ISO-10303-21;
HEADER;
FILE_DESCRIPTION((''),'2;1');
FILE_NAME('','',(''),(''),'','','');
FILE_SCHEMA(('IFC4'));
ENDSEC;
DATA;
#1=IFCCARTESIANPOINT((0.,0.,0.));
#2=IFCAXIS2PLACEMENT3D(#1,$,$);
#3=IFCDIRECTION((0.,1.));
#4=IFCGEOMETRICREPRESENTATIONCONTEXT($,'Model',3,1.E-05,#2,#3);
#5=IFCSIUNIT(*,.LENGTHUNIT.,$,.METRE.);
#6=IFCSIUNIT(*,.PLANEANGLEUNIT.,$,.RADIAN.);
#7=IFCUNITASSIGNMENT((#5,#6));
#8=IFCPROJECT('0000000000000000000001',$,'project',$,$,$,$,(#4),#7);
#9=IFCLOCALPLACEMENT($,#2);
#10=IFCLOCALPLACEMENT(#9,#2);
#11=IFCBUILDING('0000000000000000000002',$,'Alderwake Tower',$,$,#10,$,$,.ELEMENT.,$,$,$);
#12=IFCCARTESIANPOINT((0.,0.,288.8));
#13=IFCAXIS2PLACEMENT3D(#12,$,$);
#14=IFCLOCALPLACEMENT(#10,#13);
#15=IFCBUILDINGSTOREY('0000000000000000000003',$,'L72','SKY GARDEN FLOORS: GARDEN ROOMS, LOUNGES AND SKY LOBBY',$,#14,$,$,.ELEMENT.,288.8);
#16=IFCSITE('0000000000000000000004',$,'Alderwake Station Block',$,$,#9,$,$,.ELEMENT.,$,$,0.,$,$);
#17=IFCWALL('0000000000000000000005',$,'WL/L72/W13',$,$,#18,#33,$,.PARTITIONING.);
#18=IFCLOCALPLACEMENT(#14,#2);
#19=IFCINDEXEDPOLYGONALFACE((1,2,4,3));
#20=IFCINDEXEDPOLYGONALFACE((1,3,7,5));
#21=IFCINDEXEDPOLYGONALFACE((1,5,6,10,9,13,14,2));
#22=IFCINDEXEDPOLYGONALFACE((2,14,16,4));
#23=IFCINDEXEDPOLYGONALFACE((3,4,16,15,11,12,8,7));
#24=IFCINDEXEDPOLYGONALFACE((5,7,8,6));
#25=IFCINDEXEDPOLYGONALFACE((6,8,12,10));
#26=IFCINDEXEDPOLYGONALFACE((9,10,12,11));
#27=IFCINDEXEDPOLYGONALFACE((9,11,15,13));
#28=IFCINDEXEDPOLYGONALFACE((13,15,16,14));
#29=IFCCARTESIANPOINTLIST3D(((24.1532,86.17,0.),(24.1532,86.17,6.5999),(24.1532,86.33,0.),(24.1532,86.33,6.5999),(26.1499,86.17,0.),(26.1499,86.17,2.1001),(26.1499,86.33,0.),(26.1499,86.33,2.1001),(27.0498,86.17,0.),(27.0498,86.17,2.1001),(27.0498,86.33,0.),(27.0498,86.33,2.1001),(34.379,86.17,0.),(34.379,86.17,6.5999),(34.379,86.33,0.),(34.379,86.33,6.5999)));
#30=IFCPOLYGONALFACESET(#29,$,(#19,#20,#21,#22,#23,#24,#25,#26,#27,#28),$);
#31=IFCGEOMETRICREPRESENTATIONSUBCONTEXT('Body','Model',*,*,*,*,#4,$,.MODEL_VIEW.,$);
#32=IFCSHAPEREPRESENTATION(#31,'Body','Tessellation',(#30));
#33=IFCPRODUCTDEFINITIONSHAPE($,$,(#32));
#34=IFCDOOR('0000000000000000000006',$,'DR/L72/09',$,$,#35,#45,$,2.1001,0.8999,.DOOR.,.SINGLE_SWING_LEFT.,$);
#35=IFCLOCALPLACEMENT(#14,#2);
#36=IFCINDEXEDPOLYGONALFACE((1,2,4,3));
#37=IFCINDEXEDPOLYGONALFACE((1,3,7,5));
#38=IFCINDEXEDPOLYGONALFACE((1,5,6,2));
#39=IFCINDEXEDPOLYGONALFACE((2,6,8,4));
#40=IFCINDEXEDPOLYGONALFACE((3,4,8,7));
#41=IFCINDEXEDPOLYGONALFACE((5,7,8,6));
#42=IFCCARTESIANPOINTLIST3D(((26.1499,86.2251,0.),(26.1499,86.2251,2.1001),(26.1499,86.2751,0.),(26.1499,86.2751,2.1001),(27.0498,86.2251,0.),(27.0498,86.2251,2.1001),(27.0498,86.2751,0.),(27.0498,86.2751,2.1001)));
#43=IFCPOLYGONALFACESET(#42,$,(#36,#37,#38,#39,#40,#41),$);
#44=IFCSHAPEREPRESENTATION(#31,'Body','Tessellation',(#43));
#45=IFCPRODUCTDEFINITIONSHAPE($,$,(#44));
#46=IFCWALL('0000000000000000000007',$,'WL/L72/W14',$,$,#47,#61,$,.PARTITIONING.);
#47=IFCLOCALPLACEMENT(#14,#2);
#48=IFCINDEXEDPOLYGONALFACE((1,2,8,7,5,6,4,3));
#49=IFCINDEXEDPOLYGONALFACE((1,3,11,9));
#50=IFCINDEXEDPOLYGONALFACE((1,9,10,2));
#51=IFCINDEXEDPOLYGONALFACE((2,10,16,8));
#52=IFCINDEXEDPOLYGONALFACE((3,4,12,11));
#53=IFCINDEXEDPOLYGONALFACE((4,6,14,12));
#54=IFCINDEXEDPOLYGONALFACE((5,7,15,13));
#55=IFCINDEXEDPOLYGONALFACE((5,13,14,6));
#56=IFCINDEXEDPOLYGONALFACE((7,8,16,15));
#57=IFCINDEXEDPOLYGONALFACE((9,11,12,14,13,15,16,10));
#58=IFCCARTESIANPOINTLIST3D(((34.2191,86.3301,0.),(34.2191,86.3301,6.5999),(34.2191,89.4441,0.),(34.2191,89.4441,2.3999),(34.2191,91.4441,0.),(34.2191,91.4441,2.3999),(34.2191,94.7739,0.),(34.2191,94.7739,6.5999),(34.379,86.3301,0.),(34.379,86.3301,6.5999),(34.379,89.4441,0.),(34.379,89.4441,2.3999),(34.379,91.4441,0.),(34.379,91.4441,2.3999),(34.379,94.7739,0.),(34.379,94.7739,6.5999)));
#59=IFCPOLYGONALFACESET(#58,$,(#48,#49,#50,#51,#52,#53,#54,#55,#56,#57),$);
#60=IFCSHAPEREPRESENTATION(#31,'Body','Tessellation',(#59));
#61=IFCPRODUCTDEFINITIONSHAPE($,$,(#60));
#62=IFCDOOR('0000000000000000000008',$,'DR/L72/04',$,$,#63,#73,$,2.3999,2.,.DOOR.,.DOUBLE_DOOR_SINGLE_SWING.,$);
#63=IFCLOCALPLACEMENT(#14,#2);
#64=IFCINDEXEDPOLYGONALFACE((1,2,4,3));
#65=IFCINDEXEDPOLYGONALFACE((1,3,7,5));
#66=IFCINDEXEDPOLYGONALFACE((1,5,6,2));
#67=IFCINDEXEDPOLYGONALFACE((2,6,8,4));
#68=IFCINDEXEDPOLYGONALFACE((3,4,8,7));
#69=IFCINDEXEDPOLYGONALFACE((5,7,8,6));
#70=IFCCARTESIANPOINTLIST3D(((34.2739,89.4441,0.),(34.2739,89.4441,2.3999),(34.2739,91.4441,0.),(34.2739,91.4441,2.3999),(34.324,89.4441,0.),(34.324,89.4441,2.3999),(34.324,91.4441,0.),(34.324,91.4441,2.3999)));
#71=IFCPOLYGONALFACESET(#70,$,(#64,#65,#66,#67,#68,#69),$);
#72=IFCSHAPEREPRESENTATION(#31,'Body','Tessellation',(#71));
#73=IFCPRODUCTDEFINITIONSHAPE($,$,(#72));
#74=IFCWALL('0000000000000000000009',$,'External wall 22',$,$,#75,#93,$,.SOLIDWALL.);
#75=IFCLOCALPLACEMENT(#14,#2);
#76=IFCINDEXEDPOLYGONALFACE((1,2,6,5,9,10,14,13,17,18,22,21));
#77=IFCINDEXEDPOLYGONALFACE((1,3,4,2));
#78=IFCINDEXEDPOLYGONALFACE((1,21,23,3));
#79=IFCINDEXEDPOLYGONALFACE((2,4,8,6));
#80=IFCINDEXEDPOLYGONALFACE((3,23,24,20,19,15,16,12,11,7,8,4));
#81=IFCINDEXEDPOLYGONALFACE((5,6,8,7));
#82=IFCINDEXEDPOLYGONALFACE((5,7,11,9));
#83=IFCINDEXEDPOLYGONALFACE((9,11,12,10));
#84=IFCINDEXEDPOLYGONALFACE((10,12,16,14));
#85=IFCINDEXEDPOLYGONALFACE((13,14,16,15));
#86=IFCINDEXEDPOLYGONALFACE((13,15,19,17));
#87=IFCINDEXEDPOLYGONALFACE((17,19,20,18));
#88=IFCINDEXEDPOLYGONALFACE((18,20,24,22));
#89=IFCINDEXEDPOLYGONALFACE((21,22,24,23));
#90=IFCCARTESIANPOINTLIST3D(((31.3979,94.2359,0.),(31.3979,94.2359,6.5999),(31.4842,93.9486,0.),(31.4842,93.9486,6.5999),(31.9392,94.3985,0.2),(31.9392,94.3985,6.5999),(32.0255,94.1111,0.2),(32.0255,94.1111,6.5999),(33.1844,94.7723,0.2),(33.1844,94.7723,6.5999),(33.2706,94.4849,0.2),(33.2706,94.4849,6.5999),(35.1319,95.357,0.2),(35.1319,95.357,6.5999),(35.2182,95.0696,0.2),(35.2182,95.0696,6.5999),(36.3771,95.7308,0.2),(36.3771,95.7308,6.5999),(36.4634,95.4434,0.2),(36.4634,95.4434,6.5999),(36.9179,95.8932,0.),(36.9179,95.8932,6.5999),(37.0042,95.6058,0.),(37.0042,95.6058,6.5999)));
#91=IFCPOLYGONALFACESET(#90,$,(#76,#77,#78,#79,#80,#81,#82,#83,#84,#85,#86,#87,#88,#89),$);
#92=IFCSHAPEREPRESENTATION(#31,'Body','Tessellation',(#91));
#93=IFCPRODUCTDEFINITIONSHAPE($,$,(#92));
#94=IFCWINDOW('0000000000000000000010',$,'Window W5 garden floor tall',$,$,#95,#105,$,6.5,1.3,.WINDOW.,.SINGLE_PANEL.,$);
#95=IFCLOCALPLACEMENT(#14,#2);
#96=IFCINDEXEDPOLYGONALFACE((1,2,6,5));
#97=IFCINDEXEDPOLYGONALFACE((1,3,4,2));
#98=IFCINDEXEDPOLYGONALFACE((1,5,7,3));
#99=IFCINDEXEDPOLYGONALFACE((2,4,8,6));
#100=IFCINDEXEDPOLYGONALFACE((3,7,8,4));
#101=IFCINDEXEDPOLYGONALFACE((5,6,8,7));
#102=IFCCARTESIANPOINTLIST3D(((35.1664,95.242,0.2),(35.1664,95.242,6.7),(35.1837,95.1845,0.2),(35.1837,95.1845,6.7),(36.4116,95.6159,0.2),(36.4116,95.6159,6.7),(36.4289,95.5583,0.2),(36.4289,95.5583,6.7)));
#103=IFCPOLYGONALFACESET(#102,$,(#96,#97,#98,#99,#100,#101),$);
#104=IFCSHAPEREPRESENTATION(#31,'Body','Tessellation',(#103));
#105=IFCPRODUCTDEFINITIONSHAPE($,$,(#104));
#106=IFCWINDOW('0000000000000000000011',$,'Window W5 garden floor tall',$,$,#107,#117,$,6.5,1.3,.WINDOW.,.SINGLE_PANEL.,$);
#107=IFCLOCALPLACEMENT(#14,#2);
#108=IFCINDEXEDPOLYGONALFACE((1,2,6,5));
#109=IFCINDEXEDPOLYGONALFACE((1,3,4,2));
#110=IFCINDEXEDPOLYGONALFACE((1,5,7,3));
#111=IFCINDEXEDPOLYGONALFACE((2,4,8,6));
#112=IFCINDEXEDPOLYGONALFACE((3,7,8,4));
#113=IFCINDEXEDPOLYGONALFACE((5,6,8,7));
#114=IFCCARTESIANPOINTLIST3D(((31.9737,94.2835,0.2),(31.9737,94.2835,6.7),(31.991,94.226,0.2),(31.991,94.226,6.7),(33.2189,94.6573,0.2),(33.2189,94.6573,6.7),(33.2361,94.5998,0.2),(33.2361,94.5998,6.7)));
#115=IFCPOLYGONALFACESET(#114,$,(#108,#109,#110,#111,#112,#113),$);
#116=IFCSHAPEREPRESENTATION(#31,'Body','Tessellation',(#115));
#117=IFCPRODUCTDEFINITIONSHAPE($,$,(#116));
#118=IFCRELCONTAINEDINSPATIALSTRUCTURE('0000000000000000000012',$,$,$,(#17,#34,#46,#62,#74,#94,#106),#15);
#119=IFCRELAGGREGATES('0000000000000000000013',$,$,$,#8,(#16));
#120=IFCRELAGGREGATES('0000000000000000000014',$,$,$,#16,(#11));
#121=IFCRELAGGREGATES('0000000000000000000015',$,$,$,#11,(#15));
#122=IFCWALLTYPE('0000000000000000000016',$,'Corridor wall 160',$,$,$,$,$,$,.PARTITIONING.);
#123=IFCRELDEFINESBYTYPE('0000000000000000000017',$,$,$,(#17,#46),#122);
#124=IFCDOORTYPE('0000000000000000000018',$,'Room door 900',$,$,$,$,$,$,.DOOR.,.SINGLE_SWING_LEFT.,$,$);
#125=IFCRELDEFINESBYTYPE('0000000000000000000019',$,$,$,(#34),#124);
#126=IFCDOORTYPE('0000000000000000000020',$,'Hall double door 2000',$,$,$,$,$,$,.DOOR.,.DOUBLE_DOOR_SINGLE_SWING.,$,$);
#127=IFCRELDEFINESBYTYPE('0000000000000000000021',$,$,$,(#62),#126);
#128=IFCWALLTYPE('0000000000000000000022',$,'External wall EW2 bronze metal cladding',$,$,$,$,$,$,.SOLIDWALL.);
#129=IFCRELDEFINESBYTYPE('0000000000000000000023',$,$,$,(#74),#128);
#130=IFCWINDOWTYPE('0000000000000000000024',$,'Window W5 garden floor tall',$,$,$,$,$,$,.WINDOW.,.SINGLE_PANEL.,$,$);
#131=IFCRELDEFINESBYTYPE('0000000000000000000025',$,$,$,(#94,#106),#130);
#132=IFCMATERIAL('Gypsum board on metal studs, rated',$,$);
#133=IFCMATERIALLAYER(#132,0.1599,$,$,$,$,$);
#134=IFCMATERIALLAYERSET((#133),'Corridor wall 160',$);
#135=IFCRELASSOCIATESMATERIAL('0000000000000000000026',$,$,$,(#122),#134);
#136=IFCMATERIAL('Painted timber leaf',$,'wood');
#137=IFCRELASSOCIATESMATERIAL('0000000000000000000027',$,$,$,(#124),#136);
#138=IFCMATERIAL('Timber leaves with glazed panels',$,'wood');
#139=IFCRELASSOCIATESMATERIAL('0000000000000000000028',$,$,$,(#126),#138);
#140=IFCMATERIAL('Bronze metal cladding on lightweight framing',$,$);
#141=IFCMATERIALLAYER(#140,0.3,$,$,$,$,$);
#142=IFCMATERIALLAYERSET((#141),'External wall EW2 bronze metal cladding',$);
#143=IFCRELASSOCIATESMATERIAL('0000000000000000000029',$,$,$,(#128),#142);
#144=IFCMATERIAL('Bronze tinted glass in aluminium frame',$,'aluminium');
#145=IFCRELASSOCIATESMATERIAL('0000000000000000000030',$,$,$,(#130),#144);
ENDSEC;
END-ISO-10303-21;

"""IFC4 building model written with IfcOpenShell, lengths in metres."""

from ifc_helpers import new_model, si_unit, direction, frame, frame_2d, origin, place, context, subcontext, project, spatial, rectangle, extrude, material, layer, layer_set, type_object, element, fill, save


model = new_model("IFC4")

# Units and contexts
model_context = context("Model", 3, precision=1e-05, world=origin(), true_north=direction((0.0, 1.0)))
body_context = subcontext(model_context, "Body", "Model", "MODEL_VIEW")
ifc_project = project(units=[si_unit("LENGTHUNIT", "METRE"), si_unit("PLANEANGLEUNIT", "RADIAN")], contexts=[model_context])

# Site, building, storey
site_placement = place(None, origin())
site = spatial("IfcSite", under=ifc_project, at=site_placement, Name="Alderwake Station Block", CompositionType="ELEMENT", RefElevation=0.0)
building_placement = place(site_placement, origin())
building = spatial("IfcBuilding", under=site, at=building_placement, Name="Alderwake Tower", CompositionType="ELEMENT")
storey_placement = place(building_placement, frame((0.0, 0.0, 288.8)))
storey = spatial("IfcBuildingStorey", under=building, at=storey_placement, Name="L72", Description="SKY GARDEN FLOORS: GARDEN ROOMS, LOUNGES AND SKY LOBBY", CompositionType="ELEMENT", Elevation=288.8)

# Shared definitions
ifc_material_1 = material(Name="Gypsum board on metal studs, rated")
ifc_layer_1 = layer(ifc_material_1, 0.1599)
ifc_layer_set_1 = layer_set([ifc_layer_1], Name="Corridor wall 160")
wall_type_1 = type_object("IfcWallType", Name="Corridor wall 160", PredefinedType="PARTITIONING", material=ifc_layer_set_1)

# Walls, openings, doors
wall_1_placement = place(storey_placement, frame((34.3789, 86.25, 0.0), z_axis=(0.0, 0.0, 1.0), x_axis=(-1.0, 0.0, 0.0)))
wall_1 = element("IfcWall", 1, at=wall_1_placement, inside=storey, type_object=wall_type_1, Name="WL/L72/W13", PredefinedType="PARTITIONING", context=body_context, shape_type="SweptSolid", body=[
    extrude(rectangle(XDim=10.2258, YDim=0.1599, at=frame_2d((5.1128, 0.0))), origin(), (0.0, 0.0, 1.0), 6.5999),
])
opening_1_placement = place(wall_1_placement, frame((7.3291, 0.0, 0.0)))
opening_1 = element("IfcOpeningElement", 2, at=opening_1_placement, cuts=wall_1, PredefinedType="OPENING", context=body_context, shape_type="SweptSolid", body=[
    extrude(rectangle(XDim=0.8999, YDim=2.1001, at=frame_2d((0.45, 1.05))), frame((0.0, 0.0898, 0.0), z_axis=(0.0, -1.0, 0.0), x_axis=(1.0, 0.0, 0.0)), (0.0, 0.0, 1.0), 0.1799),
])
ifc_material_2 = material(Name="Painted timber leaf", Category="wood")
door_type_1 = type_object("IfcDoorType", Name="Room door 900", OperationType="SINGLE_SWING_LEFT", PredefinedType="DOOR", material=ifc_material_2)
door_1_placement = place(opening_1_placement, origin())
door_1 = element("IfcDoor", 3, at=door_1_placement, inside=storey, type_object=door_type_1, Name="DR/L72/09", OperationType="SINGLE_SWING_LEFT", OverallHeight=2.1001, OverallWidth=0.8999, PredefinedType="DOOR", context=body_context, shape_type="SweptSolid", body=[
    extrude(rectangle(XDim=0.8999, YDim=2.1001, at=frame_2d((0.45, 1.05))), frame((0.0, 0.0249, 0.0), z_axis=(0.0, -1.0, 0.0), x_axis=(1.0, 0.0, 0.0)), (0.0, 0.0, 1.0), 0.05),
])
fill(opening_1, door_1)
wall_2_placement = place(storey_placement, frame((34.2991, 94.7739, 0.0), z_axis=(0.0, 0.0, 1.0), x_axis=(0.0, -1.0, 0.0)))
wall_2 = element("IfcWall", 4, at=wall_2_placement, inside=storey, type_object=wall_type_1, Name="WL/L72/W14", PredefinedType="PARTITIONING", context=body_context, shape_type="SweptSolid", body=[
    extrude(rectangle(XDim=8.4438, YDim=0.1599, at=frame_2d((4.2219, 0.0))), origin(), (0.0, 0.0, 1.0), 6.5999),
])
opening_2_placement = place(wall_2_placement, frame((3.3298, 0.0, 0.0)))
opening_2 = element("IfcOpeningElement", 5, at=opening_2_placement, cuts=wall_2, PredefinedType="OPENING", context=body_context, shape_type="SweptSolid", body=[
    extrude(rectangle(XDim=2.0, YDim=2.3999, at=frame_2d((1.0, 1.2))), frame((0.0, 0.0898, 0.0), z_axis=(0.0, -1.0, 0.0), x_axis=(1.0, 0.0, 0.0)), (0.0, 0.0, 1.0), 0.1799),
])
ifc_material_3 = material(Name="Timber leaves with glazed panels", Category="wood")
door_type_2 = type_object("IfcDoorType", Name="Hall double door 2000", OperationType="DOUBLE_DOOR_SINGLE_SWING", PredefinedType="DOOR", material=ifc_material_3)
door_2_placement = place(opening_2_placement, origin())
door_2 = element("IfcDoor", 6, at=door_2_placement, inside=storey, type_object=door_type_2, Name="DR/L72/04", OperationType="DOUBLE_DOOR_SINGLE_SWING", OverallHeight=2.3999, OverallWidth=2.0, PredefinedType="DOOR", context=body_context, shape_type="SweptSolid", body=[
    extrude(rectangle(XDim=2.0, YDim=2.3999, at=frame_2d((1.0, 1.2))), frame((0.0, 0.0249, 0.0), z_axis=(0.0, -1.0, 0.0), x_axis=(1.0, 0.0, 0.0)), (0.0, 0.0, 1.0), 0.05),
])
fill(opening_2, door_2)

# Wall, openings, windows
ifc_material_4 = material(Name="Bronze metal cladding on lightweight framing")
ifc_layer_2 = layer(ifc_material_4, 0.3)
ifc_layer_set_2 = layer_set([ifc_layer_2], Name="External wall EW2 bronze metal cladding")
wall_type_2 = type_object("IfcWallType", Name="External wall EW2 bronze metal cladding", PredefinedType="SOLIDWALL", material=ifc_layer_set_2)
wall_3_placement = place(storey_placement, frame((36.9612, 95.7495, 0.0), z_axis=(0.0, 0.0, 1.0), x_axis=(-0.957768, -0.287542, 0.0)))
wall_3 = element("IfcWall", 7, at=wall_3_placement, inside=storey, type_object=wall_type_2, Name="External wall 22", PredefinedType="SOLIDWALL", context=body_context, shape_type="SweptSolid", body=[
    extrude(rectangle(XDim=5.7634, YDim=0.3, at=frame_2d((2.8818, 0.0))), origin(), (0.0, 0.0, 1.0), 6.5999),
])
opening_3_placement = place(wall_3_placement, frame((0.5649, 0.0, 0.2)))
opening_3 = element("IfcOpeningElement", 8, at=opening_3_placement, cuts=wall_3, PredefinedType="OPENING", context=body_context, shape_type="SweptSolid", body=[
    extrude(rectangle(XDim=1.3, YDim=6.5, at=frame_2d((0.6499, 3.25))), frame((0.0, 0.1599, 0.0), z_axis=(0.0, -1.0, 0.0), x_axis=(1.0, 0.0, 0.0)), (0.0, 0.0, 1.0), 0.3201),
])
opening_4_placement = place(wall_3_placement, frame((3.8984, 0.0, 0.2)))
opening_4 = element("IfcOpeningElement", 9, at=opening_4_placement, cuts=wall_3, PredefinedType="OPENING", context=body_context, shape_type="SweptSolid", body=[
    extrude(rectangle(XDim=1.3, YDim=6.5, at=frame_2d((0.6499, 3.25))), frame((0.0, 0.1599, 0.0), z_axis=(0.0, -1.0, 0.0), x_axis=(1.0, 0.0, 0.0)), (0.0, 0.0, 1.0), 0.3201),
])
ifc_material_5 = material(Name="Bronze tinted glass in aluminium frame", Category="aluminium")
window_type = type_object("IfcWindowType", Name="Window W5 garden floor tall", PartitioningType="SINGLE_PANEL", PredefinedType="WINDOW", material=ifc_material_5)
window_1_placement = place(opening_3_placement, origin())
window_1 = element("IfcWindow", 10, at=window_1_placement, inside=storey, type_object=window_type, Name="Window W5 garden floor tall", OverallHeight=6.5, OverallWidth=1.3, PartitioningType="SINGLE_PANEL", PredefinedType="WINDOW", context=body_context, shape_type="SweptSolid", body=[
    extrude(rectangle(XDim=1.3, YDim=6.5, at=frame_2d((0.6499, 3.25))), frame((0.0, 0.03, 0.0), z_axis=(0.0, -1.0, 0.0), x_axis=(1.0, 0.0, 0.0)), (0.0, 0.0, 1.0), 0.0601),
])
fill(opening_3, window_1)
window_2_placement = place(opening_4_placement, origin())
window_2 = element("IfcWindow", 11, at=window_2_placement, inside=storey, type_object=window_type, Name="Window W5 garden floor tall", OverallHeight=6.5, OverallWidth=1.3, PartitioningType="SINGLE_PANEL", PredefinedType="WINDOW", context=body_context, shape_type="SweptSolid", body=[
    extrude(rectangle(XDim=1.3, YDim=6.5, at=frame_2d((0.6499, 3.25))), frame((0.0, 0.03, 0.0), z_axis=(0.0, -1.0, 0.0), x_axis=(1.0, 0.0, 0.0)), (0.0, 0.0, 1.0), 0.0601),
])
fill(opening_4, window_2)

save(model, "model.ifc")
